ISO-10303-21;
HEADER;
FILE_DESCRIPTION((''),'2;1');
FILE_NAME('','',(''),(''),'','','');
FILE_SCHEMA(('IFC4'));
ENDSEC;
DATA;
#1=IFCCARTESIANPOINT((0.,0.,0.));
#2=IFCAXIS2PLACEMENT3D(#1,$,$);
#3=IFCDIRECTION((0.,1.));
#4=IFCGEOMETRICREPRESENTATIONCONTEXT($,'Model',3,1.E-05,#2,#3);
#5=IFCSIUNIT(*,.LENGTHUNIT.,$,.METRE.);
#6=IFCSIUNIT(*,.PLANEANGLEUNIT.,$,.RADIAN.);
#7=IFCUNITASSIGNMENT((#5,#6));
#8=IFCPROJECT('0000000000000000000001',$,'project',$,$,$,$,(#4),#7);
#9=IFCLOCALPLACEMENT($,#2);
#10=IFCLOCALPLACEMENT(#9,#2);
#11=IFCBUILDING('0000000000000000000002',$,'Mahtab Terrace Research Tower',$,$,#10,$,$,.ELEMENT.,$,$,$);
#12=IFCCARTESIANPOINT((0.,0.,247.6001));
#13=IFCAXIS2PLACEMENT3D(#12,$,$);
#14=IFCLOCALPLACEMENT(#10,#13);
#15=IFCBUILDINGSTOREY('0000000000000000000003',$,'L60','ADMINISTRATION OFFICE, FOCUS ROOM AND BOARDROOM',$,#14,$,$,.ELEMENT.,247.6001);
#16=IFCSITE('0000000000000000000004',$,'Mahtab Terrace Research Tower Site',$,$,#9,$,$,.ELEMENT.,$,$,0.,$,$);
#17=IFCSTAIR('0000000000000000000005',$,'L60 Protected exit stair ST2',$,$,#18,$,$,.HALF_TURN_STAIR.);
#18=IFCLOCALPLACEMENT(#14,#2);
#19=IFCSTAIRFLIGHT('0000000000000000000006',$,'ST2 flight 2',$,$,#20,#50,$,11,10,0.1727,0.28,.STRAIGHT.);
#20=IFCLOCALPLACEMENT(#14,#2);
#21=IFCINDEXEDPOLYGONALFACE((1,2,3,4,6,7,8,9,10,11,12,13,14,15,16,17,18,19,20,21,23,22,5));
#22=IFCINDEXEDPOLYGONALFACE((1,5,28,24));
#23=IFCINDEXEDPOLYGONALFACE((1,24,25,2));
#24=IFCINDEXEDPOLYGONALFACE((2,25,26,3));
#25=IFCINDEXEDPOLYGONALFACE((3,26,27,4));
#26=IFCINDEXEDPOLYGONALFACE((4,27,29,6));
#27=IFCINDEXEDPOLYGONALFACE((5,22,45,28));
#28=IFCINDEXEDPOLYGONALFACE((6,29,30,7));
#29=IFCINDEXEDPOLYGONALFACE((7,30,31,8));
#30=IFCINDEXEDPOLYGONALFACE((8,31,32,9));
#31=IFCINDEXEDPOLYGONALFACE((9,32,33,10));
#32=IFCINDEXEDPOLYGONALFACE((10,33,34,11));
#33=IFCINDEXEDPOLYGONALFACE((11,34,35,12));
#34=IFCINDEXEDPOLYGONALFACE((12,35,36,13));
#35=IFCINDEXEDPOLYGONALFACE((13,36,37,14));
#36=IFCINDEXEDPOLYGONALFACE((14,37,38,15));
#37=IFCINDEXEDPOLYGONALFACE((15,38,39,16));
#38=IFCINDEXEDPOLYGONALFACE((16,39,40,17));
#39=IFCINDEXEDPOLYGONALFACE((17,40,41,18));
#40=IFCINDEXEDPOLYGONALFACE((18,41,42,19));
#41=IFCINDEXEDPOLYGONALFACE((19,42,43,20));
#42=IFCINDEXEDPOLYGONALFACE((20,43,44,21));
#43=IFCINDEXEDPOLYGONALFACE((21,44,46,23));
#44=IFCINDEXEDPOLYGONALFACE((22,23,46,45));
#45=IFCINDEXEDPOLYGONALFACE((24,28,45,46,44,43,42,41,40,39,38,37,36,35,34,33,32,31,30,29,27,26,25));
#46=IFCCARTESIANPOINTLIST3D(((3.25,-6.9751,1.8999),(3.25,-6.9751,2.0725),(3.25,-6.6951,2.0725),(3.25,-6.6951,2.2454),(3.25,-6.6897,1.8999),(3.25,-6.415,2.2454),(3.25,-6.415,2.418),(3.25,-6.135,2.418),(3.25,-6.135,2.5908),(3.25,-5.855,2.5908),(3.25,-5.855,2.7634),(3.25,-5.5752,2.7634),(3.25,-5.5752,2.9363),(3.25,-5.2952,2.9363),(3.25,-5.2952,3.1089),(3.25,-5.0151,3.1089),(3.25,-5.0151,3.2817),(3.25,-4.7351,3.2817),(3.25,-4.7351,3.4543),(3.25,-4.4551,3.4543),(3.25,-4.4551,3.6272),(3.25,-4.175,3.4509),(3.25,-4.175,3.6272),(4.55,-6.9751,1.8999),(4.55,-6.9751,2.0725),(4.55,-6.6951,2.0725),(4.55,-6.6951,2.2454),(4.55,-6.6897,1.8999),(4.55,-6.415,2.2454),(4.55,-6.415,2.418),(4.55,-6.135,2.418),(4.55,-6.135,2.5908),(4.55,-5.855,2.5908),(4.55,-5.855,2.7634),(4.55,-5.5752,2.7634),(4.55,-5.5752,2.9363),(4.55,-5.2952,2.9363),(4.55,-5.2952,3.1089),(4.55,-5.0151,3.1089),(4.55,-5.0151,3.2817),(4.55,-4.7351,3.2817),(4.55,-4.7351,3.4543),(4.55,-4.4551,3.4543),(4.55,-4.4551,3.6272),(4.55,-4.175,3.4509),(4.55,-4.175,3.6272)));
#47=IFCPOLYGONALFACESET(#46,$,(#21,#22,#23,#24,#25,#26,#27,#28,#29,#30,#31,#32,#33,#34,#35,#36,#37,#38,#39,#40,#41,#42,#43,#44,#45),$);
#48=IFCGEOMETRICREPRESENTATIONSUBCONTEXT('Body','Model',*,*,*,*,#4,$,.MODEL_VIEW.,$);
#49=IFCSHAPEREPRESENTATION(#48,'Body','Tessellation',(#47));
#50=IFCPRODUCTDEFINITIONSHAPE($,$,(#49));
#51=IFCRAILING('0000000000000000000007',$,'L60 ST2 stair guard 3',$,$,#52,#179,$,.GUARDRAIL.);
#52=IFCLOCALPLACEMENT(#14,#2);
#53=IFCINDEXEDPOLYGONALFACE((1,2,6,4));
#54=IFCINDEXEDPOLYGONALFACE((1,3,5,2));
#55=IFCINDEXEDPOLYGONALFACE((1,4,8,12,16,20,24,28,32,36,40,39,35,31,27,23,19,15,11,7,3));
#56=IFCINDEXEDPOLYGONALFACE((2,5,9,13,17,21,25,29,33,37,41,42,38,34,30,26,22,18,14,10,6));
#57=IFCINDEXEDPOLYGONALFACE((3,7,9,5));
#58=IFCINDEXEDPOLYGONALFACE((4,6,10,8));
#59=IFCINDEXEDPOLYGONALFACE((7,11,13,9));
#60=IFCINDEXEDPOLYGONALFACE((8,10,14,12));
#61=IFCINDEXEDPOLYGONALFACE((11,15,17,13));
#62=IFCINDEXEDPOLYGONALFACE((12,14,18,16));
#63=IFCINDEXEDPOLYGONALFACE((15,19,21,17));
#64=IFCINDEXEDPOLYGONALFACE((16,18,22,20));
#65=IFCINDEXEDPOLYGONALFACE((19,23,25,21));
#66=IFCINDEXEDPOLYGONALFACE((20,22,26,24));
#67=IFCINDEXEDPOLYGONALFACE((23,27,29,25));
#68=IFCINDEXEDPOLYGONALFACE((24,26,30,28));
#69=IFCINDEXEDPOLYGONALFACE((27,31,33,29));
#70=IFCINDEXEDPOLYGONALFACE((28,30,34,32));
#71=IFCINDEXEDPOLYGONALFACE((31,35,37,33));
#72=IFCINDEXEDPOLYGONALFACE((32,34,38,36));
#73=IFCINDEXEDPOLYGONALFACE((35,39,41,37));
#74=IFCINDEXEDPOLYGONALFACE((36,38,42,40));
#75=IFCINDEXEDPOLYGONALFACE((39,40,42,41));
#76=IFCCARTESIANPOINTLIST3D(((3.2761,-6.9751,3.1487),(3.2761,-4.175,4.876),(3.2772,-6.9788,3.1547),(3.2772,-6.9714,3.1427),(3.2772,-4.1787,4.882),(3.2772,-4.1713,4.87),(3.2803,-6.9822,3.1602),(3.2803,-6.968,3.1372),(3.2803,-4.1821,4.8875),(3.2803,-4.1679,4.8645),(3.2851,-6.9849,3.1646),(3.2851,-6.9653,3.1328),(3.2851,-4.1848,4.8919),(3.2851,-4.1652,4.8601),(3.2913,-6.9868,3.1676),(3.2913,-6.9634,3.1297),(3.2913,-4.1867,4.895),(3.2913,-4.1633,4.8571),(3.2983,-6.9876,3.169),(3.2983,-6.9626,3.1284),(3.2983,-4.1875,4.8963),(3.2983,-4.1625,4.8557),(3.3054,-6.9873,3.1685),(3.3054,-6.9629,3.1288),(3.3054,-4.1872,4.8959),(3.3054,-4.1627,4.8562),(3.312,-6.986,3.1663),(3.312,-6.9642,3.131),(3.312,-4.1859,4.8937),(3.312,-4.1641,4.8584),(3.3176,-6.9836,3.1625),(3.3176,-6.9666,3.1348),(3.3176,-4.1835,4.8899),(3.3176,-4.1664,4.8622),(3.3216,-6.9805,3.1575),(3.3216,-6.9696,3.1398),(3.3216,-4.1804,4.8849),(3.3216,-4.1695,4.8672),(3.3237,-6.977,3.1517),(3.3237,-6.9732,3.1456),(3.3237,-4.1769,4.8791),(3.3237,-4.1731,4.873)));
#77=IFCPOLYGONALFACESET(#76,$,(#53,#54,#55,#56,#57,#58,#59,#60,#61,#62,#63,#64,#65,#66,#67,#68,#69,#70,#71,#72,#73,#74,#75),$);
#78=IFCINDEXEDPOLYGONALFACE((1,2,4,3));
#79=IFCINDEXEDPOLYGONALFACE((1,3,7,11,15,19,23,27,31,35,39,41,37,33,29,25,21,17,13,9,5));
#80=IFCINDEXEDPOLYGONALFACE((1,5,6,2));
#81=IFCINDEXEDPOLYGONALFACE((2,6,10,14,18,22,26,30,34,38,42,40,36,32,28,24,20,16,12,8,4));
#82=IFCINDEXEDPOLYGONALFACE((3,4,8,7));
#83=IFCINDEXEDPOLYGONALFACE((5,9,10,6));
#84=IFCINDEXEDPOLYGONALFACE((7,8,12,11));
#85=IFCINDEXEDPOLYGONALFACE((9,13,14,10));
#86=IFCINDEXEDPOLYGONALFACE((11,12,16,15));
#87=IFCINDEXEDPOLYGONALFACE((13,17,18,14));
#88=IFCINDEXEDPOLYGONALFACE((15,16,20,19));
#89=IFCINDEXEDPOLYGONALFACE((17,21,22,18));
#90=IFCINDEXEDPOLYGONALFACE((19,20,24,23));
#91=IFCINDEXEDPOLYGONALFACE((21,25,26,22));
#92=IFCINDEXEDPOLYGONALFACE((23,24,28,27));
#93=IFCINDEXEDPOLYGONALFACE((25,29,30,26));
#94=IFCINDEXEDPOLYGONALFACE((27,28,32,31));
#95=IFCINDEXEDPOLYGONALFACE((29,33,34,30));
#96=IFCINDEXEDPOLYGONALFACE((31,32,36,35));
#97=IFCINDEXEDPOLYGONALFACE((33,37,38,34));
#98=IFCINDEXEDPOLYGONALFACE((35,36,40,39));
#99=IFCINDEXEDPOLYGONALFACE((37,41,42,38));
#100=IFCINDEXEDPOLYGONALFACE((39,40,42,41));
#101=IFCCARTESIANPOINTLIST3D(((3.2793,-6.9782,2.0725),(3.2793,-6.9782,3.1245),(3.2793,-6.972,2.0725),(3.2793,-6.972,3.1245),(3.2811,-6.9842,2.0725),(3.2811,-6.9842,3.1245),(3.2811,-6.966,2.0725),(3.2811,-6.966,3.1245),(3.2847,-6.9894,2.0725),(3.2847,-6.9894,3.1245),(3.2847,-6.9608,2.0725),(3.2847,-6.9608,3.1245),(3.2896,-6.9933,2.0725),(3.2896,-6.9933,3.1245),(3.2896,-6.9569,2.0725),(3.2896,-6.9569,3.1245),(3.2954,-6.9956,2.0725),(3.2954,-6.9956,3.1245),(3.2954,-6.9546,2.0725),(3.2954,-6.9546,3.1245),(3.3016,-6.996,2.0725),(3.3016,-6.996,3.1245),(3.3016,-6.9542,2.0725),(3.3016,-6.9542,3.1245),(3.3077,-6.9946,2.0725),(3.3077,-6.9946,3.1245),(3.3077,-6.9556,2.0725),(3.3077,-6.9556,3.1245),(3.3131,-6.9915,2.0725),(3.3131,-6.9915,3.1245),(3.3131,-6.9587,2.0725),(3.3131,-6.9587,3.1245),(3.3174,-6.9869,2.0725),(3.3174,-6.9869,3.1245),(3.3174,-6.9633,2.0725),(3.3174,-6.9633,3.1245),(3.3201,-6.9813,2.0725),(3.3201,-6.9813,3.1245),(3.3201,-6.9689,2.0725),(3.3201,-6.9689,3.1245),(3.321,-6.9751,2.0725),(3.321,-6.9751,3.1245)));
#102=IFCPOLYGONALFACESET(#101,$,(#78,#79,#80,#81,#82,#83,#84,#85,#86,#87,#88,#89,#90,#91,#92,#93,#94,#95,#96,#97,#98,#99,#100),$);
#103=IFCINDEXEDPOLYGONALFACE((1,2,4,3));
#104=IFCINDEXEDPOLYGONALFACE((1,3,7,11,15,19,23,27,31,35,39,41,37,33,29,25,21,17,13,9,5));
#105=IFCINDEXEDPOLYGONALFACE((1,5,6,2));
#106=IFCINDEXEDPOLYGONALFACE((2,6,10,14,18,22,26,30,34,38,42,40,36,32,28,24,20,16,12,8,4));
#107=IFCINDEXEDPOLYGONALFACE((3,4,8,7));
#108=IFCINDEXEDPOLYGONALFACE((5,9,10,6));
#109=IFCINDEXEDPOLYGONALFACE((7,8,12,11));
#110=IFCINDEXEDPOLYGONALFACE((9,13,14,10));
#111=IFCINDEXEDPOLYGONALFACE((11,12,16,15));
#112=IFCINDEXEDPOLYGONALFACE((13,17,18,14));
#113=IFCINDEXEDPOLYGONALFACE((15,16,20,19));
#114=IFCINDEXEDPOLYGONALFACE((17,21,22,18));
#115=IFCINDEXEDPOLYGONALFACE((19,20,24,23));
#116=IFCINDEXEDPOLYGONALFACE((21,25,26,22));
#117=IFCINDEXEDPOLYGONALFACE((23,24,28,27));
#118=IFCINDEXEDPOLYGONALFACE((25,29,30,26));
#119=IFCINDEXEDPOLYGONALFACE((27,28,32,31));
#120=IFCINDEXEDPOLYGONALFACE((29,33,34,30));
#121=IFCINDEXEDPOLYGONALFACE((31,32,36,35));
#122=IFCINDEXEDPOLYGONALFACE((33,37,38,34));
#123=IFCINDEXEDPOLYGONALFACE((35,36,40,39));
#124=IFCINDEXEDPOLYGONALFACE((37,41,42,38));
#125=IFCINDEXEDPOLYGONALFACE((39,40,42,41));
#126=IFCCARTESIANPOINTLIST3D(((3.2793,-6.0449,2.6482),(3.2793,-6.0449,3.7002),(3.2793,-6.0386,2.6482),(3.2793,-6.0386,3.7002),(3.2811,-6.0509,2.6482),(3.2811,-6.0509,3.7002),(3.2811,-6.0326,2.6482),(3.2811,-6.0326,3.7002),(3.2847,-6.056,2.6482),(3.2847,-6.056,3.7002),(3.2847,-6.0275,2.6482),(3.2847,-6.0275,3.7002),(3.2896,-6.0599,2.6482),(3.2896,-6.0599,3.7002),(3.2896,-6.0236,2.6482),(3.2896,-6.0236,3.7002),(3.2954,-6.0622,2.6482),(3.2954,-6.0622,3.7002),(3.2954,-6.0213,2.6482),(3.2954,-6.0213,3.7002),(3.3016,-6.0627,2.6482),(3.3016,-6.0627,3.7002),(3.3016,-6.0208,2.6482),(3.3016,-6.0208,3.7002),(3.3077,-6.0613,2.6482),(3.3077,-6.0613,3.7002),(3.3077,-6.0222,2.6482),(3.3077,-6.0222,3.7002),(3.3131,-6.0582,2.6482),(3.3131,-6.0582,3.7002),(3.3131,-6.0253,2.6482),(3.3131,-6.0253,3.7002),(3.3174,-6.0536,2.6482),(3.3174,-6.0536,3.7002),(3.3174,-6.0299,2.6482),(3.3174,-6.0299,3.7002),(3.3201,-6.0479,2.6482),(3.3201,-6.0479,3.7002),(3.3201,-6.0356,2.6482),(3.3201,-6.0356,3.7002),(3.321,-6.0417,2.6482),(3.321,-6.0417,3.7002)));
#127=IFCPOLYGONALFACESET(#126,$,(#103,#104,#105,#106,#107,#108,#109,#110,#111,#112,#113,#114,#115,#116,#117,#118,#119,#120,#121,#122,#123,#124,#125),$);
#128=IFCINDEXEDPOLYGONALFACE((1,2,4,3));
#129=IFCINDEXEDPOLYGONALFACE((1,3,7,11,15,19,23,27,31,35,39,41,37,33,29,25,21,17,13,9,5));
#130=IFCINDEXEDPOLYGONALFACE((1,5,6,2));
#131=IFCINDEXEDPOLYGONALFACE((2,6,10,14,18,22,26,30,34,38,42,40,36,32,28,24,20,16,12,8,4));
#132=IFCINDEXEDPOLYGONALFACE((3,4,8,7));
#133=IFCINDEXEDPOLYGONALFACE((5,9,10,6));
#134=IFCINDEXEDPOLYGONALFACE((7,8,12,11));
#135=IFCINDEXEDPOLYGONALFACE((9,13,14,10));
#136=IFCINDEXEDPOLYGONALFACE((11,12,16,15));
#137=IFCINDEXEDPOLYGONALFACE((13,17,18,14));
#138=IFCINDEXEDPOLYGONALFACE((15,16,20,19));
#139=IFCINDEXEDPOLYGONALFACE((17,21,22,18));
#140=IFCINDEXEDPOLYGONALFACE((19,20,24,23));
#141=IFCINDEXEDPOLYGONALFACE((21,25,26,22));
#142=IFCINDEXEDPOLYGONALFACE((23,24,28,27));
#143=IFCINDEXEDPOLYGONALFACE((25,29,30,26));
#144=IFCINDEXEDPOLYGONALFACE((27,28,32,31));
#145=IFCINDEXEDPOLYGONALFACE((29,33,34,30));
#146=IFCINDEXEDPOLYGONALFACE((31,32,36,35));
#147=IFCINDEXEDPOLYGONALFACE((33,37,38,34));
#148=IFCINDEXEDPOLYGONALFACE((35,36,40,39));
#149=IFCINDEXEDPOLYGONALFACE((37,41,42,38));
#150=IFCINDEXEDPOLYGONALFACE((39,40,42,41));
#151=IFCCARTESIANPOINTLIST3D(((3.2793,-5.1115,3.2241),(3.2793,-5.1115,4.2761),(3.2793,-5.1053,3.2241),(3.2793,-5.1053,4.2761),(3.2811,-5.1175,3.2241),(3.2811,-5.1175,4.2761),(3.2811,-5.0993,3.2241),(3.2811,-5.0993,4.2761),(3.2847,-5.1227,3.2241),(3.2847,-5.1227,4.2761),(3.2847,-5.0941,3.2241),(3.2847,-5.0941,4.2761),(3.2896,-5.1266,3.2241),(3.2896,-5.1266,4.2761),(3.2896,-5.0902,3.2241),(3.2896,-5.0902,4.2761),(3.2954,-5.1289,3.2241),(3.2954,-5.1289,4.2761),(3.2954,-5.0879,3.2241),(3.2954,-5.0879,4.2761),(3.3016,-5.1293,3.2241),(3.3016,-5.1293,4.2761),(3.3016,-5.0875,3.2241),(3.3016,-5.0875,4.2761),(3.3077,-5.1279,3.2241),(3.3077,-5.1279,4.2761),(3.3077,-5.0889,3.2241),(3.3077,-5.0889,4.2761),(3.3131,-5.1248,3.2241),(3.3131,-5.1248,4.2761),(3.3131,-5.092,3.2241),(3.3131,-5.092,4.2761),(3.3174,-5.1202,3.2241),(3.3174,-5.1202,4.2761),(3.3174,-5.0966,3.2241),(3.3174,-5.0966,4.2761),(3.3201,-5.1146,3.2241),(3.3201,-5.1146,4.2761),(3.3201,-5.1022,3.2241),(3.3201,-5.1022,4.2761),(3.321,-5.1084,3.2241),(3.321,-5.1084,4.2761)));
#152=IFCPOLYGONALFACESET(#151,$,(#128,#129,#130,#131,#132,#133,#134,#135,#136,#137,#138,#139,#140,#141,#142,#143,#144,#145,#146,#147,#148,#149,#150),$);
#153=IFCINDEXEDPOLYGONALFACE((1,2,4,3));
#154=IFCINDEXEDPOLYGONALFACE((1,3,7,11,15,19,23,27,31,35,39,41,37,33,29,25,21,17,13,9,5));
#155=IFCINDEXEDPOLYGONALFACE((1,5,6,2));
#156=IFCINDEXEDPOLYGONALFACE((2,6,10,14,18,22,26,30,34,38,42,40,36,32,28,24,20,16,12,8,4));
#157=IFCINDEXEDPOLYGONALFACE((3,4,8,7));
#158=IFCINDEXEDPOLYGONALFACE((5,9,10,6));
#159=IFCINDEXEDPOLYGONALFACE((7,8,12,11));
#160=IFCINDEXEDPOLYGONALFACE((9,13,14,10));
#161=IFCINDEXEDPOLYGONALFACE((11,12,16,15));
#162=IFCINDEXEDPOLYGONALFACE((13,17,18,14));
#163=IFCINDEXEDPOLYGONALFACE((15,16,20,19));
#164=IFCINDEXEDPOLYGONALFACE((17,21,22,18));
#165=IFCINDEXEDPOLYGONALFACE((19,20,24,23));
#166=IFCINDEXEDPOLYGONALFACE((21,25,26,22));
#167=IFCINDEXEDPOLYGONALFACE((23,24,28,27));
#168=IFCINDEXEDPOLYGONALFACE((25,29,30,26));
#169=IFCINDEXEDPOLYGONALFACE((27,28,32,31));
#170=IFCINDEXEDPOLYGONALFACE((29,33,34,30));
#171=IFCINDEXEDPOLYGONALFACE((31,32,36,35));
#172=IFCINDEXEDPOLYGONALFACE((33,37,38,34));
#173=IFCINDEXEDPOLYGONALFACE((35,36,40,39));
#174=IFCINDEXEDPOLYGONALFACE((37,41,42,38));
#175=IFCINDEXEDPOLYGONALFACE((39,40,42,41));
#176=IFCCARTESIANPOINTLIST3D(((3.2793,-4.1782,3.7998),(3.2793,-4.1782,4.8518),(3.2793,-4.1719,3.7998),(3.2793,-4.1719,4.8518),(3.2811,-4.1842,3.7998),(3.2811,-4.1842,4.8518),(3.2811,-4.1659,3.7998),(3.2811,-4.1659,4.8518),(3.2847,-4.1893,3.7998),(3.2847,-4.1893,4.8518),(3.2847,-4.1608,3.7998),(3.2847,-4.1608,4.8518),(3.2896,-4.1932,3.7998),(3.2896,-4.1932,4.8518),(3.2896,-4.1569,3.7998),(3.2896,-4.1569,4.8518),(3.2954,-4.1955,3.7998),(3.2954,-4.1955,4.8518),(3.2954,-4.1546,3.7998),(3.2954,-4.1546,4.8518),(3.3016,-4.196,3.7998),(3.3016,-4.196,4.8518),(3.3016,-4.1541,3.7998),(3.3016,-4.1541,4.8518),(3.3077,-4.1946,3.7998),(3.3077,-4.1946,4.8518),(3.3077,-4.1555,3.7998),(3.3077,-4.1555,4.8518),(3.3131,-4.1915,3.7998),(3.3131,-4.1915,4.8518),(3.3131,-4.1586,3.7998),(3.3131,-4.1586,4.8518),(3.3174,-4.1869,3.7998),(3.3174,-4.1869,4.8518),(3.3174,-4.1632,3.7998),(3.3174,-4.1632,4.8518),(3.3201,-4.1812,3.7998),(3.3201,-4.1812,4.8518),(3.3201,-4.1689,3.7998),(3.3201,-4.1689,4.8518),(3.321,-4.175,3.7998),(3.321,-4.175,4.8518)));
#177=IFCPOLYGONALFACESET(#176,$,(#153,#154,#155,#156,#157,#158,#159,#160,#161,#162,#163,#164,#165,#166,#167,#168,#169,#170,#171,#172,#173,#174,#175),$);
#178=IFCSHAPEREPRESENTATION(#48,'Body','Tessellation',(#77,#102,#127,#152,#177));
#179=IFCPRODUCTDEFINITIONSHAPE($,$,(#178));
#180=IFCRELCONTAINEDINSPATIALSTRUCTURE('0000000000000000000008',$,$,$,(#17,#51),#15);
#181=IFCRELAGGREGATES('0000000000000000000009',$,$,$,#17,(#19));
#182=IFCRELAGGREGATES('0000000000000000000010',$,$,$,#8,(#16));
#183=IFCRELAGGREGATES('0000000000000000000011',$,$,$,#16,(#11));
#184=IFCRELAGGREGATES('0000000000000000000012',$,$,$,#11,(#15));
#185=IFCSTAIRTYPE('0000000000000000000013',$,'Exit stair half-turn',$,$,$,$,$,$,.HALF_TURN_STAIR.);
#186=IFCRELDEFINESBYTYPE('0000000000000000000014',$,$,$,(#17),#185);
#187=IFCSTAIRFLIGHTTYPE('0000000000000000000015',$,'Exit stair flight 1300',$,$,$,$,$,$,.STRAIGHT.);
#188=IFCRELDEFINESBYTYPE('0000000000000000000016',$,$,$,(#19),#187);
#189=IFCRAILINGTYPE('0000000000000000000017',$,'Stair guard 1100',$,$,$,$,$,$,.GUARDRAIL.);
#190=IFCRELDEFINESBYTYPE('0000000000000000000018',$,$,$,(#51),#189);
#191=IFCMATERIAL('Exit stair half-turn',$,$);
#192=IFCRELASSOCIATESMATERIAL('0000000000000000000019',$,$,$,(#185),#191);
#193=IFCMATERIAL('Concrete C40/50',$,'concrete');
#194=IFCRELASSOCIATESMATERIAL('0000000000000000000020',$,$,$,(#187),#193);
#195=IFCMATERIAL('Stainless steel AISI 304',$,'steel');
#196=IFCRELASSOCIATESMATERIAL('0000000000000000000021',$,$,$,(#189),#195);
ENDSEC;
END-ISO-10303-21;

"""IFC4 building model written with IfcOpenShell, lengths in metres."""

from ifc_helpers import new_model, si_unit, direction, frame, origin, origin_2d, place, context, subcontext, project, spatial, polyline, circle, outline, extrude, material, type_object, element, aggregate, save


model = new_model("IFC4")

# Units and contexts
model_context = context("Model", 3, precision=1e-05, world=origin(), true_north=direction((0.0, 1.0)))
body_context = subcontext(model_context, "Body", "Model", "MODEL_VIEW")
ifc_project = project(units=[si_unit("LENGTHUNIT", "METRE"), si_unit("PLANEANGLEUNIT", "RADIAN")], contexts=[model_context])

# Site, building, storey
site_placement = place(None, origin())
site = spatial("IfcSite", under=ifc_project, at=site_placement, Name="Mahtab Terrace Research Tower Site", CompositionType="ELEMENT", RefElevation=0.0)
building_placement = place(site_placement, origin())
building = spatial("IfcBuilding", under=site, at=building_placement, Name="Mahtab Terrace Research Tower", CompositionType="ELEMENT")
storey_placement = place(building_placement, frame((0.0, 0.0, 247.6001)))
storey = spatial("IfcBuildingStorey", under=building, at=storey_placement, Name="L60", Description="ADMINISTRATION OFFICE, FOCUS ROOM AND BOARDROOM", CompositionType="ELEMENT", Elevation=247.6001)

# Stair, stair flight
ifc_material_1 = material(Name="Exit stair half-turn")
stair_type = type_object("IfcStairType", Name="Exit stair half-turn", PredefinedType="HALF_TURN_STAIR", material=ifc_material_1)
stair_placement = place(storey_placement, origin())
stair = element("IfcStair", 1, at=stair_placement, inside=storey, type_object=stair_type, Name="L60 Protected exit stair ST2", PredefinedType="HALF_TURN_STAIR")
ifc_material_2 = material(Name="Concrete C40/50", Category="concrete")
stair_flight_type = type_object("IfcStairFlightType", Name="Exit stair flight 1300", PredefinedType="STRAIGHT", material=ifc_material_2)
stair_flight_placement = place(storey_placement, frame((3.8999, -6.9751, 1.8999), z_axis=(0.0, 0.0, 1.0), x_axis=(0.0, 1.0, 0.0)))
stair_flight = element("IfcStairFlight", 2, at=stair_flight_placement, type_object=stair_flight_type, Name="ST2 flight 2", NumberOfRisers=11, NumberOfTreads=10, PredefinedType="STRAIGHT", RiserHeight=0.1727, TreadLength=0.28, context=body_context, shape_type="SweptSolid", body=[
    extrude(outline(polyline([(0.0, 0.0), (0.0, 0.1726), (0.28, 0.1726), (0.28, 0.3455), (0.5601, 0.3455), (0.5601, 0.5181), (0.8401, 0.5181), (0.8401, 0.6909), (1.1201, 0.6909), (1.1201, 0.8635), (1.3999, 0.8635), (1.3999, 1.0364), (1.6799, 1.0364), (1.6799, 1.209), (1.96, 1.209), (1.96, 1.3818), (2.24, 1.3818), (2.24, 1.5544), (2.52, 1.5544), (2.52, 1.7273), (2.8, 1.7273), (2.8, 1.8999), (2.8, 1.551), (0.2854, 0.0), (0.0, 0.0)])), frame((0.0, 0.6499, 0.0), z_axis=(0.0, -1.0, 0.0), x_axis=(1.0, 0.0, 0.0)), (0.0, 0.0, 1.0), 1.3),
])
aggregate(stair, [stair_flight])

# Railing
ifc_material_3 = material(Name="Stainless steel AISI 304", Category="steel")
railing_type_1 = type_object("IfcRailingType", Name="Stair guard 1100", PredefinedType="GUARDRAIL", material=ifc_material_3)
railing_1_placement = place(storey_placement, frame((3.3, -6.9751, 2.0725)))
element("IfcRailing", 3, at=railing_1_placement, inside=storey, type_object=railing_type_1, Name="L60 ST2 stair guard 3", PredefinedType="GUARDRAIL", context=body_context, shape_type="SweptSolid", body=[
    extrude(circle(Radius=0.0239, at=origin_2d()), frame((0.0, 0.0, 1.0762), z_axis=(0.0, 0.85109, 0.52502), x_axis=(-1.0, 0.0, 0.0)), (0.0, 0.0, 1.0), 3.29),
    extrude(circle(Radius=0.021, at=origin_2d()), origin(), (0.0, 0.0, 1.0), 1.052),
    extrude(circle(Radius=0.021, at=origin_2d()), frame((0.0, 0.9333, 0.5757)), (0.0, 0.0, 1.0), 1.052),
    extrude(circle(Radius=0.021, at=origin_2d()), frame((0.0, 1.8667, 1.1516)), (0.0, 0.0, 1.0), 1.052),
    extrude(circle(Radius=0.021, at=origin_2d()), frame((0.0, 2.8, 1.7273)), (0.0, 0.0, 1.0), 1.052),
])

save(model, "model.ifc")
